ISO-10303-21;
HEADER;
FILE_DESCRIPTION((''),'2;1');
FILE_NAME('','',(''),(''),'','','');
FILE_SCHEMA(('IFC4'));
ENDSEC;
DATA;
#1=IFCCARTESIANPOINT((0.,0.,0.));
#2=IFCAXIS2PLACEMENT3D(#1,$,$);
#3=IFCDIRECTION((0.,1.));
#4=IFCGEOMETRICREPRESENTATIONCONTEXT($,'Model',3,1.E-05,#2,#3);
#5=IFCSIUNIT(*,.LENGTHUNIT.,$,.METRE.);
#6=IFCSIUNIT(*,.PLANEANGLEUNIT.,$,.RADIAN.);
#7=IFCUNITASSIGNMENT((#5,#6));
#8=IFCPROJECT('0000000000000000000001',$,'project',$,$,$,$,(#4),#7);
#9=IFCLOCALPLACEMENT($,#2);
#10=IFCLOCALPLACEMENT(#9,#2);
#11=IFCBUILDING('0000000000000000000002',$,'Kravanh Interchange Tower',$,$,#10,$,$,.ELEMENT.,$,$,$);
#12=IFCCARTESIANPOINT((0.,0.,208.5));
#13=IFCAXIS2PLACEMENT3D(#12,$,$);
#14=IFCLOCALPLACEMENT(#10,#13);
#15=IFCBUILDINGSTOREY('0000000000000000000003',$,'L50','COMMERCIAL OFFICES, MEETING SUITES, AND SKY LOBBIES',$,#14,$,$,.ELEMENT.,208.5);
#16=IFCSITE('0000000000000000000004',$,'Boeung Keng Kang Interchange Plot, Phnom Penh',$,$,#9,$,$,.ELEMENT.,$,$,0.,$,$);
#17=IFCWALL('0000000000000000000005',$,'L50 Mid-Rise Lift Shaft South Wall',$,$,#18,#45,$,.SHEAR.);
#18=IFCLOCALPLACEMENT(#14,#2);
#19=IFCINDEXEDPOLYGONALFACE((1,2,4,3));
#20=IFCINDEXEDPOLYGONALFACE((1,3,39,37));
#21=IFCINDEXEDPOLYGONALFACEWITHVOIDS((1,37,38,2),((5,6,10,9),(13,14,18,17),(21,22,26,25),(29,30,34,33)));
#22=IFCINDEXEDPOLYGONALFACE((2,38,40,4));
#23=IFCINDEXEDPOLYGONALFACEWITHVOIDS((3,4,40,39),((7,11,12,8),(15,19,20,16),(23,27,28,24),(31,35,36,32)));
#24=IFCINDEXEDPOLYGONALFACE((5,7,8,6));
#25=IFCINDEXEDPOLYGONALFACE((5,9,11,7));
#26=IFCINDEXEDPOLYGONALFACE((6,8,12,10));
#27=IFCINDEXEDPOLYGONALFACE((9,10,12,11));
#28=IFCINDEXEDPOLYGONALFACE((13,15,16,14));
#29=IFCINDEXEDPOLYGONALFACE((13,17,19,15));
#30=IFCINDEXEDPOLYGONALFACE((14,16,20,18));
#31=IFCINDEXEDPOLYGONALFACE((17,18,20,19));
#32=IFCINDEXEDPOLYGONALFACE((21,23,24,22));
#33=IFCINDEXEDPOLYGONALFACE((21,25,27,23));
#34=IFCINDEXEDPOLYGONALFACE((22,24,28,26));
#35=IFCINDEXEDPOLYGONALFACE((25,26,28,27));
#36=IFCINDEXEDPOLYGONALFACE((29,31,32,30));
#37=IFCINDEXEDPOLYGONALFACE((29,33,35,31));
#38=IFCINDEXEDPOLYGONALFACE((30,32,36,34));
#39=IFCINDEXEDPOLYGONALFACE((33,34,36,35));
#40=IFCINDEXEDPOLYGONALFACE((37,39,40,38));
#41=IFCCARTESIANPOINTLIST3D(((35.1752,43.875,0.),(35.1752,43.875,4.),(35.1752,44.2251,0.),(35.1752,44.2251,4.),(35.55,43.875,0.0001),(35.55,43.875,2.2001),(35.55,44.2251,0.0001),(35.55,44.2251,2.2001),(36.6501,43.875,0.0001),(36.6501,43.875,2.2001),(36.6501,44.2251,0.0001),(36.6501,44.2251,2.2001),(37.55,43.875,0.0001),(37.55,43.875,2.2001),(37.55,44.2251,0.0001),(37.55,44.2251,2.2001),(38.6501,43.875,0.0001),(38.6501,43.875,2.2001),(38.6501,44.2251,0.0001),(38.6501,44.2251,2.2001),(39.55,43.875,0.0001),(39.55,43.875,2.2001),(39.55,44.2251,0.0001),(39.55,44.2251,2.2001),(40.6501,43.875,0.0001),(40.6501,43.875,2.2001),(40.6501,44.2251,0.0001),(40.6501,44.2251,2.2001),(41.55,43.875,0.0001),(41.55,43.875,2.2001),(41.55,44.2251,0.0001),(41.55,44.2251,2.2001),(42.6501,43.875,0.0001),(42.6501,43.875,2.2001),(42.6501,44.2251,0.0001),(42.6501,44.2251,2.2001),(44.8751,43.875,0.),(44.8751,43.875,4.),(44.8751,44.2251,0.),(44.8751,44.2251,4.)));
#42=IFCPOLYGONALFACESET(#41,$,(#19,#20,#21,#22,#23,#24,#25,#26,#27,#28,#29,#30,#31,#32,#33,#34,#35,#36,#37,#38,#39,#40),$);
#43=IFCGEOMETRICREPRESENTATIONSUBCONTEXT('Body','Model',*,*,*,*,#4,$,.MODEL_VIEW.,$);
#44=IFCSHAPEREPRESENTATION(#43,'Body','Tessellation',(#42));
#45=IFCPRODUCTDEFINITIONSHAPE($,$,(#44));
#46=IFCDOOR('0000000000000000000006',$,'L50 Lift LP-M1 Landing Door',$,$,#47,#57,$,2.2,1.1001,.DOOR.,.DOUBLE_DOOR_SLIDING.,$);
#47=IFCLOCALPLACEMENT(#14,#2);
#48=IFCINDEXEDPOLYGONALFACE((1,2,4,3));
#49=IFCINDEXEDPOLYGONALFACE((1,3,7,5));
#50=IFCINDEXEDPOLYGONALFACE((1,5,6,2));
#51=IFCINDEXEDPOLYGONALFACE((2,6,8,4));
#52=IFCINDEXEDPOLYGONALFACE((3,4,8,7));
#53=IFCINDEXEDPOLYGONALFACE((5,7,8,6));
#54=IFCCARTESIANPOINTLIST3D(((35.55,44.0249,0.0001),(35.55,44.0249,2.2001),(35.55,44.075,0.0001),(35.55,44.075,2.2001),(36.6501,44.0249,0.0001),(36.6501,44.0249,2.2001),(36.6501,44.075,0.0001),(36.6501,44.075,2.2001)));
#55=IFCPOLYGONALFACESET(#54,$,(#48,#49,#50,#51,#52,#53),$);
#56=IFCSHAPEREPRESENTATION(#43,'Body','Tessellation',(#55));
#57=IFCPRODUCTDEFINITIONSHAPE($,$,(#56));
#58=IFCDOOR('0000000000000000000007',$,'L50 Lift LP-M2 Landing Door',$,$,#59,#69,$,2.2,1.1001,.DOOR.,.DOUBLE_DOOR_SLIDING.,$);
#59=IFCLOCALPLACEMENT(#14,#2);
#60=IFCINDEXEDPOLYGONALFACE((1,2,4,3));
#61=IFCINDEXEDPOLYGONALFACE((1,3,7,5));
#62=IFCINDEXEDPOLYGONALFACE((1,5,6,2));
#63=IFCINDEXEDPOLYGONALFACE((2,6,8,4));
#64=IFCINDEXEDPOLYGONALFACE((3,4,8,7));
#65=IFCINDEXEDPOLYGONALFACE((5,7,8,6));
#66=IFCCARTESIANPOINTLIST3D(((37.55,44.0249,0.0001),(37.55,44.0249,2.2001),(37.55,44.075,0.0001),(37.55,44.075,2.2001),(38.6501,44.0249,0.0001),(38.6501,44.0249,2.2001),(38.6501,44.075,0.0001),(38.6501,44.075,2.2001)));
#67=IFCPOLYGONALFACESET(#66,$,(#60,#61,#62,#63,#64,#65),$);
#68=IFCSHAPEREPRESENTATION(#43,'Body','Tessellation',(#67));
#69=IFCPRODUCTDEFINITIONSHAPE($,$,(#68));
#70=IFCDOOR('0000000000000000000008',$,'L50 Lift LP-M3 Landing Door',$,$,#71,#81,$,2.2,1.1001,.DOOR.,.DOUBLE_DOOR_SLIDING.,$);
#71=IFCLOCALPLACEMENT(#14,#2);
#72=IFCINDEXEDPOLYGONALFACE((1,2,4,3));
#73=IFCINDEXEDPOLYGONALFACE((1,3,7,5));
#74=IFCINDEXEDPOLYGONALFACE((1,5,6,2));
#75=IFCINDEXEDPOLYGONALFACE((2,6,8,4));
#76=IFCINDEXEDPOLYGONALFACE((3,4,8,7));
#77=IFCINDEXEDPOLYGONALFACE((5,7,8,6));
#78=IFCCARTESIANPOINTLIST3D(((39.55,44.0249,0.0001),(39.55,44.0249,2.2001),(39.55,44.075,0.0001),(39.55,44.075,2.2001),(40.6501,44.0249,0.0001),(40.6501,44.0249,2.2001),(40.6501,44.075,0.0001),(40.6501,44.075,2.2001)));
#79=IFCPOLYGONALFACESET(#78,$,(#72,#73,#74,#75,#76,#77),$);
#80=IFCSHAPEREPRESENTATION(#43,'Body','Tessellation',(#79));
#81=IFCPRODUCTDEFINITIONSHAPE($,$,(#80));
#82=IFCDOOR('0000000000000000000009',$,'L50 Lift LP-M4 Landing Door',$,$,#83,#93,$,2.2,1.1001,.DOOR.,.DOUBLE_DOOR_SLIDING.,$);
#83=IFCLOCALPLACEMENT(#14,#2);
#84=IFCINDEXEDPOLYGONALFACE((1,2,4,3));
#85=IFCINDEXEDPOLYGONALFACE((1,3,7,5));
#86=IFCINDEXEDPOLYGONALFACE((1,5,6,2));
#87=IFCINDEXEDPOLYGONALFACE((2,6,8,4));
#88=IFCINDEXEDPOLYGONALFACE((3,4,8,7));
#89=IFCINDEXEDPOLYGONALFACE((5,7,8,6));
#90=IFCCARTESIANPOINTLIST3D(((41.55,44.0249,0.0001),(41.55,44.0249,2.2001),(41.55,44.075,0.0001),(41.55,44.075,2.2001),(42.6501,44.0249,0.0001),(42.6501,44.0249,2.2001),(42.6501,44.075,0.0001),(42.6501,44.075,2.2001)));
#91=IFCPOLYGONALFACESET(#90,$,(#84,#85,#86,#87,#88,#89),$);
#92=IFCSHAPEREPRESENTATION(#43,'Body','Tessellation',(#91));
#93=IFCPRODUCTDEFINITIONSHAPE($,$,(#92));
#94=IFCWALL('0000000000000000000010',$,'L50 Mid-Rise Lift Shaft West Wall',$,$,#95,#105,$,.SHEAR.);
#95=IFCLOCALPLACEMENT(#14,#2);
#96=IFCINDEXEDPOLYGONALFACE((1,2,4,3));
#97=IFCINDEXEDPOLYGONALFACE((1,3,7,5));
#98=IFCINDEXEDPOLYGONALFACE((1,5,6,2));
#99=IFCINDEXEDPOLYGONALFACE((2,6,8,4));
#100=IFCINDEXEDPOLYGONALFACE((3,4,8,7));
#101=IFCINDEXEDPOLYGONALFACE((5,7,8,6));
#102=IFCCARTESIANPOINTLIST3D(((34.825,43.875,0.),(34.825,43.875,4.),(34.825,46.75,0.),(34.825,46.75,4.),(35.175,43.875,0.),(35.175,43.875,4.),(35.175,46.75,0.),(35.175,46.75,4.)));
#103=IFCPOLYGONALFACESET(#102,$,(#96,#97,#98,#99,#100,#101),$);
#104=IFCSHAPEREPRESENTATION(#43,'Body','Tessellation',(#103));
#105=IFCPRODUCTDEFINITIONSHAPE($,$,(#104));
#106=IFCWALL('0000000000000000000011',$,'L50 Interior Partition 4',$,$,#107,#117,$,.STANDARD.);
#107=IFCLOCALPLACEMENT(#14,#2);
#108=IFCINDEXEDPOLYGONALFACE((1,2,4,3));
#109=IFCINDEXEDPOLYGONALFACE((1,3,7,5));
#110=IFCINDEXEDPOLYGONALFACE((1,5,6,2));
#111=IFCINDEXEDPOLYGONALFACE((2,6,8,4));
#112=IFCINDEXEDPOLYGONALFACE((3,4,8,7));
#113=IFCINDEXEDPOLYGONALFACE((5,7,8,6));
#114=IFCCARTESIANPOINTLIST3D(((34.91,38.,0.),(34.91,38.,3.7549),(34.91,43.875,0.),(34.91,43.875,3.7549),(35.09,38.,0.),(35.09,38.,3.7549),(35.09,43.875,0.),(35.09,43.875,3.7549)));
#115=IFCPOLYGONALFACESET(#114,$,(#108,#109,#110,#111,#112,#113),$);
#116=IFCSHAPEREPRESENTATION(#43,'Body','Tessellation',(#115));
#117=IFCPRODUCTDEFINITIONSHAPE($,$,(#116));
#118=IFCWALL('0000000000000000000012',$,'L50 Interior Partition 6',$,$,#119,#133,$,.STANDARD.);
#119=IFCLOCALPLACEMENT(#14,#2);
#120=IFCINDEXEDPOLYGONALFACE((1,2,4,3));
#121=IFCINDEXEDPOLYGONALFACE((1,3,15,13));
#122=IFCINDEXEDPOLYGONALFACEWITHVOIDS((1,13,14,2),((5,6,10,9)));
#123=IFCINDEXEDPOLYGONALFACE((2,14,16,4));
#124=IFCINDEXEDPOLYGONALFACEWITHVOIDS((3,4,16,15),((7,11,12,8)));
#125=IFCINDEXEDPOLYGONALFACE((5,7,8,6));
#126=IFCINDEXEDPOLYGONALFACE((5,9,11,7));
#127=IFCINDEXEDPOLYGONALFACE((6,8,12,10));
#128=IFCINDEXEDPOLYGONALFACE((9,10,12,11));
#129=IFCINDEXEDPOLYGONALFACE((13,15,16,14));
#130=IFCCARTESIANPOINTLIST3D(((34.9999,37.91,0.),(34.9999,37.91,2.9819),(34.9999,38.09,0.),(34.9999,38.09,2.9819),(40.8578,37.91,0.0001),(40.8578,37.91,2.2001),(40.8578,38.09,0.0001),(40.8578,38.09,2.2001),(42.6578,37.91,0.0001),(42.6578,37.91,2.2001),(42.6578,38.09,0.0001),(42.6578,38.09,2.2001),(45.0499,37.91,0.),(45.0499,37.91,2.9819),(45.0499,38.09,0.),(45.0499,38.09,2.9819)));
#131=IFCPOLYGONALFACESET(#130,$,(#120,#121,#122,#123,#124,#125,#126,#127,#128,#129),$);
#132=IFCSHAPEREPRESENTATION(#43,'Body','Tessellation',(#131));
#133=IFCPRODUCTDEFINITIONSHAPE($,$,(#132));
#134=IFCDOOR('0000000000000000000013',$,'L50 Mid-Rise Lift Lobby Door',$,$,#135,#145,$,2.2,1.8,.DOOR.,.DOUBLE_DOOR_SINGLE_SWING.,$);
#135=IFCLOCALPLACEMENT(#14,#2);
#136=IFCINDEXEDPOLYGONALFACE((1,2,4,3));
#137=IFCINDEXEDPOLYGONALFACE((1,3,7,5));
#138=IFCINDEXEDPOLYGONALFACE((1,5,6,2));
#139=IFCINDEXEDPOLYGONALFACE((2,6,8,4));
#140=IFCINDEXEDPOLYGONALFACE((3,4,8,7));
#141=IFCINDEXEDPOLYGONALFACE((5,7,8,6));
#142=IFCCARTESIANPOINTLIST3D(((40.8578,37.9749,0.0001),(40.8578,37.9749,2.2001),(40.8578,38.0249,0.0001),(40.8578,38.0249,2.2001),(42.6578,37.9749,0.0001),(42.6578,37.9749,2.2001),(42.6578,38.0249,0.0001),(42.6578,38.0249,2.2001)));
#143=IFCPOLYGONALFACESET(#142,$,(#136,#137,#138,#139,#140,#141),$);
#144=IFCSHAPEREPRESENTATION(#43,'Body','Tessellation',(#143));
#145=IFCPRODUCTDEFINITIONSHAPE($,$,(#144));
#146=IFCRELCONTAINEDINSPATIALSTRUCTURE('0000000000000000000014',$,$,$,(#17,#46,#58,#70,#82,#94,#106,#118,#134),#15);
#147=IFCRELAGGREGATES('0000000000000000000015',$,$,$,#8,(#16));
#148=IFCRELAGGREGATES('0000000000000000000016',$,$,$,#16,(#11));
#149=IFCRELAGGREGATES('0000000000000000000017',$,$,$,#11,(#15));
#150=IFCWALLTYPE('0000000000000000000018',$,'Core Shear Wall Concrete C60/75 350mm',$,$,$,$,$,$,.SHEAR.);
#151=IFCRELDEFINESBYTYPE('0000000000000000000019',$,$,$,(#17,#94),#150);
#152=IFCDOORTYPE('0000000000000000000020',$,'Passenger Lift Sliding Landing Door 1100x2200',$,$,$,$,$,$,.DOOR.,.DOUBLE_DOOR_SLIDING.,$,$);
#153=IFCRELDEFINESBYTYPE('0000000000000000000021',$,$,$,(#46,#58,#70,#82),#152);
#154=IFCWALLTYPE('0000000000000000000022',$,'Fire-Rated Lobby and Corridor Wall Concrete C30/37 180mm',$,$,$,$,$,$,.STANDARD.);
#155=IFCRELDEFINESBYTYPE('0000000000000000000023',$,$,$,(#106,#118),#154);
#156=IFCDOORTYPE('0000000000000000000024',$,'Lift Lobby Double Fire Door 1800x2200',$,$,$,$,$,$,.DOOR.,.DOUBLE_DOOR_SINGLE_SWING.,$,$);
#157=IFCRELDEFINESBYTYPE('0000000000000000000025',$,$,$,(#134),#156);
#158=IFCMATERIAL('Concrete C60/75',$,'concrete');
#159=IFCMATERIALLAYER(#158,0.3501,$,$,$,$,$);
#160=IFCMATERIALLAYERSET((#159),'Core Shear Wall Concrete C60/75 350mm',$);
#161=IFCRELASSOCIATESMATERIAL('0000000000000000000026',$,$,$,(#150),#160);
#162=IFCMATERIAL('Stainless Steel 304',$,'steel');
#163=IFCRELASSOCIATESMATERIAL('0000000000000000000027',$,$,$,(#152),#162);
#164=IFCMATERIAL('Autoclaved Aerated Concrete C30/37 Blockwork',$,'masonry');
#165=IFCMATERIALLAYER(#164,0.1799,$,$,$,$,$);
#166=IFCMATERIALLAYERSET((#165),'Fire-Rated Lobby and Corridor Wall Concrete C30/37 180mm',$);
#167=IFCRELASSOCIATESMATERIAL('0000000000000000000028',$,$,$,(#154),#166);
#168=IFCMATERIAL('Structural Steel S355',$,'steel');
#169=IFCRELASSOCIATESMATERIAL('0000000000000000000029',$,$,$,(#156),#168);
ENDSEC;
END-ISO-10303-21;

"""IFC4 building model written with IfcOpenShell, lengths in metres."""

from ifc_helpers import new_model, si_unit, direction, frame, frame_2d, origin, place, context, subcontext, project, spatial, rectangle, extrude, material, layer, layer_set, type_object, element, fill, save


model = new_model("IFC4")

# Units and contexts
model_context = context("Model", 3, precision=1e-05, world=origin(), true_north=direction((0.0, 1.0)))
body_context = subcontext(model_context, "Body", "Model", "MODEL_VIEW")
ifc_project = project(units=[si_unit("LENGTHUNIT", "METRE"), si_unit("PLANEANGLEUNIT", "RADIAN")], contexts=[model_context])

# Site, building, storey
site_placement = place(None, origin())
site = spatial("IfcSite", under=ifc_project, at=site_placement, Name="Boeung Keng Kang Interchange Plot, Phnom Penh", CompositionType="ELEMENT", RefElevation=0.0)
building_placement = place(site_placement, origin())
building = spatial("IfcBuilding", under=site, at=building_placement, Name="Kravanh Interchange Tower", CompositionType="ELEMENT")
storey_placement = place(building_placement, frame((0.0, 0.0, 208.5)))
storey = spatial("IfcBuildingStorey", under=building, at=storey_placement, Name="L50", Description="COMMERCIAL OFFICES, MEETING SUITES, AND SKY LOBBIES", CompositionType="ELEMENT", Elevation=208.5)

# Wall, openings, doors
ifc_material_1 = material(Name="Concrete C60/75", Category="concrete")
ifc_layer_1 = layer(ifc_material_1, 0.3501)
ifc_layer_set_1 = layer_set([ifc_layer_1], Name="Core Shear Wall Concrete C60/75 350mm")
wall_type_1 = type_object("IfcWallType", Name="Core Shear Wall Concrete C60/75 350mm", PredefinedType="SHEAR", material=ifc_layer_set_1)
wall_1_placement = place(storey_placement, frame((35.175, 44.05, 0.0), z_axis=(0.0, 0.0, 1.0), x_axis=(1.0, 0.0, 0.0)))
wall_1 = element("IfcWall", 1, at=wall_1_placement, inside=storey, type_object=wall_type_1, Name="L50 Mid-Rise Lift Shaft South Wall", PredefinedType="SHEAR", context=body_context, shape_type="SweptSolid", body=[
    extrude(rectangle(XDim=9.7, YDim=0.3501, at=frame_2d((4.8501, 0.0))), origin(), (0.0, 0.0, 1.0), 4.0),
])
opening_1_placement = place(wall_1_placement, frame((0.375, 0.0, 0.0)))
opening_1 = element("IfcOpeningElement", 2, at=opening_1_placement, cuts=wall_1, PredefinedType="OPENING", context=body_context, shape_type="SweptSolid", body=[
    extrude(rectangle(XDim=1.1001, YDim=2.2, at=frame_2d((0.55, 1.1001))), frame((0.0, 0.1851, 0.0), z_axis=(0.0, -1.0, 0.0), x_axis=(1.0, 0.0, 0.0)), (0.0, 0.0, 1.0), 0.3701),
])
opening_2_placement = place(wall_1_placement, frame((2.375, 0.0, 0.0)))
opening_2 = element("IfcOpeningElement", 3, at=opening_2_placement, cuts=wall_1, PredefinedType="OPENING", context=body_context, shape_type="SweptSolid", body=[
    extrude(rectangle(XDim=1.1001, YDim=2.2, at=frame_2d((0.55, 1.1001))), frame((0.0, 0.1851, 0.0), z_axis=(0.0, -1.0, 0.0), x_axis=(1.0, 0.0, 0.0)), (0.0, 0.0, 1.0), 0.3701),
])
opening_3_placement = place(wall_1_placement, frame((4.375, 0.0, 0.0)))
opening_3 = element("IfcOpeningElement", 4, at=opening_3_placement, cuts=wall_1, PredefinedType="OPENING", context=body_context, shape_type="SweptSolid", body=[
    extrude(rectangle(XDim=1.1001, YDim=2.2, at=frame_2d((0.55, 1.1001))), frame((0.0, 0.1851, 0.0), z_axis=(0.0, -1.0, 0.0), x_axis=(1.0, 0.0, 0.0)), (0.0, 0.0, 1.0), 0.3701),
])
opening_4_placement = place(wall_1_placement, frame((6.375, 0.0, 0.0)))
opening_4 = element("IfcOpeningElement", 5, at=opening_4_placement, cuts=wall_1, PredefinedType="OPENING", context=body_context, shape_type="SweptSolid", body=[
    extrude(rectangle(XDim=1.1001, YDim=2.2, at=frame_2d((0.55, 1.1001))), frame((0.0, 0.1851, 0.0), z_axis=(0.0, -1.0, 0.0), x_axis=(1.0, 0.0, 0.0)), (0.0, 0.0, 1.0), 0.3701),
])
ifc_material_2 = material(Name="Stainless Steel 304", Category="steel")
door_type_1 = type_object("IfcDoorType", Name="Passenger Lift Sliding Landing Door 1100x2200", OperationType="DOUBLE_DOOR_SLIDING", PredefinedType="DOOR", material=ifc_material_2)
door_1_placement = place(opening_1_placement, origin())
door_1 = element("IfcDoor", 6, at=door_1_placement, inside=storey, type_object=door_type_1, Name="L50 Lift LP-M1 Landing Door", OperationType="DOUBLE_DOOR_SLIDING", OverallHeight=2.2, OverallWidth=1.1001, PredefinedType="DOOR", context=body_context, shape_type="SweptSolid", body=[
    extrude(rectangle(XDim=1.1001, YDim=2.2, at=frame_2d((0.55, 1.1001))), frame((0.0, 0.0249, 0.0), z_axis=(0.0, -1.0, 0.0), x_axis=(1.0, 0.0, 0.0)), (0.0, 0.0, 1.0), 0.05),
])
fill(opening_1, door_1)
door_2_placement = place(opening_2_placement, origin())
door_2 = element("IfcDoor", 7, at=door_2_placement, inside=storey, type_object=door_type_1, Name="L50 Lift LP-M2 Landing Door", OperationType="DOUBLE_DOOR_SLIDING", OverallHeight=2.2, OverallWidth=1.1001, PredefinedType="DOOR", context=body_context, shape_type="SweptSolid", body=[
    extrude(rectangle(XDim=1.1001, YDim=2.2, at=frame_2d((0.55, 1.1001))), frame((0.0, 0.0249, 0.0), z_axis=(0.0, -1.0, 0.0), x_axis=(1.0, 0.0, 0.0)), (0.0, 0.0, 1.0), 0.05),
])
fill(opening_2, door_2)
door_3_placement = place(opening_3_placement, origin())
door_3 = element("IfcDoor", 8, at=door_3_placement, inside=storey, type_object=door_type_1, Name="L50 Lift LP-M3 Landing Door", OperationType="DOUBLE_DOOR_SLIDING", OverallHeight=2.2, OverallWidth=1.1001, PredefinedType="DOOR", context=body_context, shape_type="SweptSolid", body=[
    extrude(rectangle(XDim=1.1001, YDim=2.2, at=frame_2d((0.55, 1.1001))), frame((0.0, 0.0249, 0.0), z_axis=(0.0, -1.0, 0.0), x_axis=(1.0, 0.0, 0.0)), (0.0, 0.0, 1.0), 0.05),
])
fill(opening_3, door_3)
door_4_placement = place(opening_4_placement, origin())
door_4 = element("IfcDoor", 9, at=door_4_placement, inside=storey, type_object=door_type_1, Name="L50 Lift LP-M4 Landing Door", OperationType="DOUBLE_DOOR_SLIDING", OverallHeight=2.2, OverallWidth=1.1001, PredefinedType="DOOR", context=body_context, shape_type="SweptSolid", body=[
    extrude(rectangle(XDim=1.1001, YDim=2.2, at=frame_2d((0.55, 1.1001))), frame((0.0, 0.0249, 0.0), z_axis=(0.0, -1.0, 0.0), x_axis=(1.0, 0.0, 0.0)), (0.0, 0.0, 1.0), 0.05),
])
fill(opening_4, door_4)

# Walls
wall_2_placement = place(storey_placement, frame((35.0, 43.875, 0.0), z_axis=(0.0, 0.0, 1.0), x_axis=(0.0, 1.0, 0.0)))
element("IfcWall", 10, at=wall_2_placement, inside=storey, type_object=wall_type_1, Name="L50 Mid-Rise Lift Shaft West Wall", PredefinedType="SHEAR", context=body_context, shape_type="SweptSolid", body=[
    extrude(rectangle(XDim=2.875, YDim=0.3501, at=frame_2d((1.4375, 0.0))), origin(), (0.0, 0.0, 1.0), 4.0),
])
ifc_material_3 = material(Name="Autoclaved Aerated Concrete C30/37 Blockwork", Category="masonry")
ifc_layer_2 = layer(ifc_material_3, 0.1799)
ifc_layer_set_2 = layer_set([ifc_layer_2], Name="Fire-Rated Lobby and Corridor Wall Concrete C30/37 180mm")
wall_type_2 = type_object("IfcWallType", Name="Fire-Rated Lobby and Corridor Wall Concrete C30/37 180mm", PredefinedType="STANDARD", material=ifc_layer_set_2)
wall_3_placement = place(storey_placement, frame((35.0, 38.0, 0.0), z_axis=(0.0, 0.0, 1.0), x_axis=(0.0, 1.0, 0.0)))
element("IfcWall", 11, at=wall_3_placement, inside=storey, type_object=wall_type_2, Name="L50 Interior Partition 4", PredefinedType="STANDARD", context=body_context, shape_type="SweptSolid", body=[
    extrude(rectangle(XDim=5.875, YDim=0.1799, at=frame_2d((2.9375, 0.0))), origin(), (0.0, 0.0, 1.0), 3.7549),
])

# Wall, opening, door
wall_4_placement = place(storey_placement, frame((35.0, 38.0, 0.0), z_axis=(0.0, 0.0, 1.0), x_axis=(1.0, 0.0, 0.0)))
wall_4 = element("IfcWall", 12, at=wall_4_placement, inside=storey, type_object=wall_type_2, Name="L50 Interior Partition 6", PredefinedType="STANDARD", context=body_context, shape_type="SweptSolid", body=[
    extrude(rectangle(XDim=10.05, YDim=0.1799, at=frame_2d((5.0249, 0.0))), origin(), (0.0, 0.0, 1.0), 2.9819),
])
opening_5_placement = place(wall_4_placement, frame((5.8579, 0.0, 0.0)))
opening_5 = element("IfcOpeningElement", 13, at=opening_5_placement, cuts=wall_4, PredefinedType="OPENING", context=body_context, shape_type="SweptSolid", body=[
    extrude(rectangle(XDim=1.8, YDim=2.2, at=frame_2d((0.8999, 1.1001))), frame((0.0, 0.1001, 0.0), z_axis=(0.0, -1.0, 0.0), x_axis=(1.0, 0.0, 0.0)), (0.0, 0.0, 1.0), 0.2),
])
ifc_material_4 = material(Name="Structural Steel S355", Category="steel")
door_type_2 = type_object("IfcDoorType", Name="Lift Lobby Double Fire Door 1800x2200", OperationType="DOUBLE_DOOR_SINGLE_SWING", PredefinedType="DOOR", material=ifc_material_4)
door_5_placement = place(opening_5_placement, origin())
door_5 = element("IfcDoor", 14, at=door_5_placement, inside=storey, type_object=door_type_2, Name="L50 Mid-Rise Lift Lobby Door", OperationType="DOUBLE_DOOR_SINGLE_SWING", OverallHeight=2.2, OverallWidth=1.8, PredefinedType="DOOR", context=body_context, shape_type="SweptSolid", body=[
    extrude(rectangle(XDim=1.8, YDim=2.2, at=frame_2d((0.8999, 1.1001))), frame((0.0, 0.0249, 0.0), z_axis=(0.0, -1.0, 0.0), x_axis=(1.0, 0.0, 0.0)), (0.0, 0.0, 1.0), 0.05),
])
fill(opening_5, door_5)

save(model, "model.ifc")
